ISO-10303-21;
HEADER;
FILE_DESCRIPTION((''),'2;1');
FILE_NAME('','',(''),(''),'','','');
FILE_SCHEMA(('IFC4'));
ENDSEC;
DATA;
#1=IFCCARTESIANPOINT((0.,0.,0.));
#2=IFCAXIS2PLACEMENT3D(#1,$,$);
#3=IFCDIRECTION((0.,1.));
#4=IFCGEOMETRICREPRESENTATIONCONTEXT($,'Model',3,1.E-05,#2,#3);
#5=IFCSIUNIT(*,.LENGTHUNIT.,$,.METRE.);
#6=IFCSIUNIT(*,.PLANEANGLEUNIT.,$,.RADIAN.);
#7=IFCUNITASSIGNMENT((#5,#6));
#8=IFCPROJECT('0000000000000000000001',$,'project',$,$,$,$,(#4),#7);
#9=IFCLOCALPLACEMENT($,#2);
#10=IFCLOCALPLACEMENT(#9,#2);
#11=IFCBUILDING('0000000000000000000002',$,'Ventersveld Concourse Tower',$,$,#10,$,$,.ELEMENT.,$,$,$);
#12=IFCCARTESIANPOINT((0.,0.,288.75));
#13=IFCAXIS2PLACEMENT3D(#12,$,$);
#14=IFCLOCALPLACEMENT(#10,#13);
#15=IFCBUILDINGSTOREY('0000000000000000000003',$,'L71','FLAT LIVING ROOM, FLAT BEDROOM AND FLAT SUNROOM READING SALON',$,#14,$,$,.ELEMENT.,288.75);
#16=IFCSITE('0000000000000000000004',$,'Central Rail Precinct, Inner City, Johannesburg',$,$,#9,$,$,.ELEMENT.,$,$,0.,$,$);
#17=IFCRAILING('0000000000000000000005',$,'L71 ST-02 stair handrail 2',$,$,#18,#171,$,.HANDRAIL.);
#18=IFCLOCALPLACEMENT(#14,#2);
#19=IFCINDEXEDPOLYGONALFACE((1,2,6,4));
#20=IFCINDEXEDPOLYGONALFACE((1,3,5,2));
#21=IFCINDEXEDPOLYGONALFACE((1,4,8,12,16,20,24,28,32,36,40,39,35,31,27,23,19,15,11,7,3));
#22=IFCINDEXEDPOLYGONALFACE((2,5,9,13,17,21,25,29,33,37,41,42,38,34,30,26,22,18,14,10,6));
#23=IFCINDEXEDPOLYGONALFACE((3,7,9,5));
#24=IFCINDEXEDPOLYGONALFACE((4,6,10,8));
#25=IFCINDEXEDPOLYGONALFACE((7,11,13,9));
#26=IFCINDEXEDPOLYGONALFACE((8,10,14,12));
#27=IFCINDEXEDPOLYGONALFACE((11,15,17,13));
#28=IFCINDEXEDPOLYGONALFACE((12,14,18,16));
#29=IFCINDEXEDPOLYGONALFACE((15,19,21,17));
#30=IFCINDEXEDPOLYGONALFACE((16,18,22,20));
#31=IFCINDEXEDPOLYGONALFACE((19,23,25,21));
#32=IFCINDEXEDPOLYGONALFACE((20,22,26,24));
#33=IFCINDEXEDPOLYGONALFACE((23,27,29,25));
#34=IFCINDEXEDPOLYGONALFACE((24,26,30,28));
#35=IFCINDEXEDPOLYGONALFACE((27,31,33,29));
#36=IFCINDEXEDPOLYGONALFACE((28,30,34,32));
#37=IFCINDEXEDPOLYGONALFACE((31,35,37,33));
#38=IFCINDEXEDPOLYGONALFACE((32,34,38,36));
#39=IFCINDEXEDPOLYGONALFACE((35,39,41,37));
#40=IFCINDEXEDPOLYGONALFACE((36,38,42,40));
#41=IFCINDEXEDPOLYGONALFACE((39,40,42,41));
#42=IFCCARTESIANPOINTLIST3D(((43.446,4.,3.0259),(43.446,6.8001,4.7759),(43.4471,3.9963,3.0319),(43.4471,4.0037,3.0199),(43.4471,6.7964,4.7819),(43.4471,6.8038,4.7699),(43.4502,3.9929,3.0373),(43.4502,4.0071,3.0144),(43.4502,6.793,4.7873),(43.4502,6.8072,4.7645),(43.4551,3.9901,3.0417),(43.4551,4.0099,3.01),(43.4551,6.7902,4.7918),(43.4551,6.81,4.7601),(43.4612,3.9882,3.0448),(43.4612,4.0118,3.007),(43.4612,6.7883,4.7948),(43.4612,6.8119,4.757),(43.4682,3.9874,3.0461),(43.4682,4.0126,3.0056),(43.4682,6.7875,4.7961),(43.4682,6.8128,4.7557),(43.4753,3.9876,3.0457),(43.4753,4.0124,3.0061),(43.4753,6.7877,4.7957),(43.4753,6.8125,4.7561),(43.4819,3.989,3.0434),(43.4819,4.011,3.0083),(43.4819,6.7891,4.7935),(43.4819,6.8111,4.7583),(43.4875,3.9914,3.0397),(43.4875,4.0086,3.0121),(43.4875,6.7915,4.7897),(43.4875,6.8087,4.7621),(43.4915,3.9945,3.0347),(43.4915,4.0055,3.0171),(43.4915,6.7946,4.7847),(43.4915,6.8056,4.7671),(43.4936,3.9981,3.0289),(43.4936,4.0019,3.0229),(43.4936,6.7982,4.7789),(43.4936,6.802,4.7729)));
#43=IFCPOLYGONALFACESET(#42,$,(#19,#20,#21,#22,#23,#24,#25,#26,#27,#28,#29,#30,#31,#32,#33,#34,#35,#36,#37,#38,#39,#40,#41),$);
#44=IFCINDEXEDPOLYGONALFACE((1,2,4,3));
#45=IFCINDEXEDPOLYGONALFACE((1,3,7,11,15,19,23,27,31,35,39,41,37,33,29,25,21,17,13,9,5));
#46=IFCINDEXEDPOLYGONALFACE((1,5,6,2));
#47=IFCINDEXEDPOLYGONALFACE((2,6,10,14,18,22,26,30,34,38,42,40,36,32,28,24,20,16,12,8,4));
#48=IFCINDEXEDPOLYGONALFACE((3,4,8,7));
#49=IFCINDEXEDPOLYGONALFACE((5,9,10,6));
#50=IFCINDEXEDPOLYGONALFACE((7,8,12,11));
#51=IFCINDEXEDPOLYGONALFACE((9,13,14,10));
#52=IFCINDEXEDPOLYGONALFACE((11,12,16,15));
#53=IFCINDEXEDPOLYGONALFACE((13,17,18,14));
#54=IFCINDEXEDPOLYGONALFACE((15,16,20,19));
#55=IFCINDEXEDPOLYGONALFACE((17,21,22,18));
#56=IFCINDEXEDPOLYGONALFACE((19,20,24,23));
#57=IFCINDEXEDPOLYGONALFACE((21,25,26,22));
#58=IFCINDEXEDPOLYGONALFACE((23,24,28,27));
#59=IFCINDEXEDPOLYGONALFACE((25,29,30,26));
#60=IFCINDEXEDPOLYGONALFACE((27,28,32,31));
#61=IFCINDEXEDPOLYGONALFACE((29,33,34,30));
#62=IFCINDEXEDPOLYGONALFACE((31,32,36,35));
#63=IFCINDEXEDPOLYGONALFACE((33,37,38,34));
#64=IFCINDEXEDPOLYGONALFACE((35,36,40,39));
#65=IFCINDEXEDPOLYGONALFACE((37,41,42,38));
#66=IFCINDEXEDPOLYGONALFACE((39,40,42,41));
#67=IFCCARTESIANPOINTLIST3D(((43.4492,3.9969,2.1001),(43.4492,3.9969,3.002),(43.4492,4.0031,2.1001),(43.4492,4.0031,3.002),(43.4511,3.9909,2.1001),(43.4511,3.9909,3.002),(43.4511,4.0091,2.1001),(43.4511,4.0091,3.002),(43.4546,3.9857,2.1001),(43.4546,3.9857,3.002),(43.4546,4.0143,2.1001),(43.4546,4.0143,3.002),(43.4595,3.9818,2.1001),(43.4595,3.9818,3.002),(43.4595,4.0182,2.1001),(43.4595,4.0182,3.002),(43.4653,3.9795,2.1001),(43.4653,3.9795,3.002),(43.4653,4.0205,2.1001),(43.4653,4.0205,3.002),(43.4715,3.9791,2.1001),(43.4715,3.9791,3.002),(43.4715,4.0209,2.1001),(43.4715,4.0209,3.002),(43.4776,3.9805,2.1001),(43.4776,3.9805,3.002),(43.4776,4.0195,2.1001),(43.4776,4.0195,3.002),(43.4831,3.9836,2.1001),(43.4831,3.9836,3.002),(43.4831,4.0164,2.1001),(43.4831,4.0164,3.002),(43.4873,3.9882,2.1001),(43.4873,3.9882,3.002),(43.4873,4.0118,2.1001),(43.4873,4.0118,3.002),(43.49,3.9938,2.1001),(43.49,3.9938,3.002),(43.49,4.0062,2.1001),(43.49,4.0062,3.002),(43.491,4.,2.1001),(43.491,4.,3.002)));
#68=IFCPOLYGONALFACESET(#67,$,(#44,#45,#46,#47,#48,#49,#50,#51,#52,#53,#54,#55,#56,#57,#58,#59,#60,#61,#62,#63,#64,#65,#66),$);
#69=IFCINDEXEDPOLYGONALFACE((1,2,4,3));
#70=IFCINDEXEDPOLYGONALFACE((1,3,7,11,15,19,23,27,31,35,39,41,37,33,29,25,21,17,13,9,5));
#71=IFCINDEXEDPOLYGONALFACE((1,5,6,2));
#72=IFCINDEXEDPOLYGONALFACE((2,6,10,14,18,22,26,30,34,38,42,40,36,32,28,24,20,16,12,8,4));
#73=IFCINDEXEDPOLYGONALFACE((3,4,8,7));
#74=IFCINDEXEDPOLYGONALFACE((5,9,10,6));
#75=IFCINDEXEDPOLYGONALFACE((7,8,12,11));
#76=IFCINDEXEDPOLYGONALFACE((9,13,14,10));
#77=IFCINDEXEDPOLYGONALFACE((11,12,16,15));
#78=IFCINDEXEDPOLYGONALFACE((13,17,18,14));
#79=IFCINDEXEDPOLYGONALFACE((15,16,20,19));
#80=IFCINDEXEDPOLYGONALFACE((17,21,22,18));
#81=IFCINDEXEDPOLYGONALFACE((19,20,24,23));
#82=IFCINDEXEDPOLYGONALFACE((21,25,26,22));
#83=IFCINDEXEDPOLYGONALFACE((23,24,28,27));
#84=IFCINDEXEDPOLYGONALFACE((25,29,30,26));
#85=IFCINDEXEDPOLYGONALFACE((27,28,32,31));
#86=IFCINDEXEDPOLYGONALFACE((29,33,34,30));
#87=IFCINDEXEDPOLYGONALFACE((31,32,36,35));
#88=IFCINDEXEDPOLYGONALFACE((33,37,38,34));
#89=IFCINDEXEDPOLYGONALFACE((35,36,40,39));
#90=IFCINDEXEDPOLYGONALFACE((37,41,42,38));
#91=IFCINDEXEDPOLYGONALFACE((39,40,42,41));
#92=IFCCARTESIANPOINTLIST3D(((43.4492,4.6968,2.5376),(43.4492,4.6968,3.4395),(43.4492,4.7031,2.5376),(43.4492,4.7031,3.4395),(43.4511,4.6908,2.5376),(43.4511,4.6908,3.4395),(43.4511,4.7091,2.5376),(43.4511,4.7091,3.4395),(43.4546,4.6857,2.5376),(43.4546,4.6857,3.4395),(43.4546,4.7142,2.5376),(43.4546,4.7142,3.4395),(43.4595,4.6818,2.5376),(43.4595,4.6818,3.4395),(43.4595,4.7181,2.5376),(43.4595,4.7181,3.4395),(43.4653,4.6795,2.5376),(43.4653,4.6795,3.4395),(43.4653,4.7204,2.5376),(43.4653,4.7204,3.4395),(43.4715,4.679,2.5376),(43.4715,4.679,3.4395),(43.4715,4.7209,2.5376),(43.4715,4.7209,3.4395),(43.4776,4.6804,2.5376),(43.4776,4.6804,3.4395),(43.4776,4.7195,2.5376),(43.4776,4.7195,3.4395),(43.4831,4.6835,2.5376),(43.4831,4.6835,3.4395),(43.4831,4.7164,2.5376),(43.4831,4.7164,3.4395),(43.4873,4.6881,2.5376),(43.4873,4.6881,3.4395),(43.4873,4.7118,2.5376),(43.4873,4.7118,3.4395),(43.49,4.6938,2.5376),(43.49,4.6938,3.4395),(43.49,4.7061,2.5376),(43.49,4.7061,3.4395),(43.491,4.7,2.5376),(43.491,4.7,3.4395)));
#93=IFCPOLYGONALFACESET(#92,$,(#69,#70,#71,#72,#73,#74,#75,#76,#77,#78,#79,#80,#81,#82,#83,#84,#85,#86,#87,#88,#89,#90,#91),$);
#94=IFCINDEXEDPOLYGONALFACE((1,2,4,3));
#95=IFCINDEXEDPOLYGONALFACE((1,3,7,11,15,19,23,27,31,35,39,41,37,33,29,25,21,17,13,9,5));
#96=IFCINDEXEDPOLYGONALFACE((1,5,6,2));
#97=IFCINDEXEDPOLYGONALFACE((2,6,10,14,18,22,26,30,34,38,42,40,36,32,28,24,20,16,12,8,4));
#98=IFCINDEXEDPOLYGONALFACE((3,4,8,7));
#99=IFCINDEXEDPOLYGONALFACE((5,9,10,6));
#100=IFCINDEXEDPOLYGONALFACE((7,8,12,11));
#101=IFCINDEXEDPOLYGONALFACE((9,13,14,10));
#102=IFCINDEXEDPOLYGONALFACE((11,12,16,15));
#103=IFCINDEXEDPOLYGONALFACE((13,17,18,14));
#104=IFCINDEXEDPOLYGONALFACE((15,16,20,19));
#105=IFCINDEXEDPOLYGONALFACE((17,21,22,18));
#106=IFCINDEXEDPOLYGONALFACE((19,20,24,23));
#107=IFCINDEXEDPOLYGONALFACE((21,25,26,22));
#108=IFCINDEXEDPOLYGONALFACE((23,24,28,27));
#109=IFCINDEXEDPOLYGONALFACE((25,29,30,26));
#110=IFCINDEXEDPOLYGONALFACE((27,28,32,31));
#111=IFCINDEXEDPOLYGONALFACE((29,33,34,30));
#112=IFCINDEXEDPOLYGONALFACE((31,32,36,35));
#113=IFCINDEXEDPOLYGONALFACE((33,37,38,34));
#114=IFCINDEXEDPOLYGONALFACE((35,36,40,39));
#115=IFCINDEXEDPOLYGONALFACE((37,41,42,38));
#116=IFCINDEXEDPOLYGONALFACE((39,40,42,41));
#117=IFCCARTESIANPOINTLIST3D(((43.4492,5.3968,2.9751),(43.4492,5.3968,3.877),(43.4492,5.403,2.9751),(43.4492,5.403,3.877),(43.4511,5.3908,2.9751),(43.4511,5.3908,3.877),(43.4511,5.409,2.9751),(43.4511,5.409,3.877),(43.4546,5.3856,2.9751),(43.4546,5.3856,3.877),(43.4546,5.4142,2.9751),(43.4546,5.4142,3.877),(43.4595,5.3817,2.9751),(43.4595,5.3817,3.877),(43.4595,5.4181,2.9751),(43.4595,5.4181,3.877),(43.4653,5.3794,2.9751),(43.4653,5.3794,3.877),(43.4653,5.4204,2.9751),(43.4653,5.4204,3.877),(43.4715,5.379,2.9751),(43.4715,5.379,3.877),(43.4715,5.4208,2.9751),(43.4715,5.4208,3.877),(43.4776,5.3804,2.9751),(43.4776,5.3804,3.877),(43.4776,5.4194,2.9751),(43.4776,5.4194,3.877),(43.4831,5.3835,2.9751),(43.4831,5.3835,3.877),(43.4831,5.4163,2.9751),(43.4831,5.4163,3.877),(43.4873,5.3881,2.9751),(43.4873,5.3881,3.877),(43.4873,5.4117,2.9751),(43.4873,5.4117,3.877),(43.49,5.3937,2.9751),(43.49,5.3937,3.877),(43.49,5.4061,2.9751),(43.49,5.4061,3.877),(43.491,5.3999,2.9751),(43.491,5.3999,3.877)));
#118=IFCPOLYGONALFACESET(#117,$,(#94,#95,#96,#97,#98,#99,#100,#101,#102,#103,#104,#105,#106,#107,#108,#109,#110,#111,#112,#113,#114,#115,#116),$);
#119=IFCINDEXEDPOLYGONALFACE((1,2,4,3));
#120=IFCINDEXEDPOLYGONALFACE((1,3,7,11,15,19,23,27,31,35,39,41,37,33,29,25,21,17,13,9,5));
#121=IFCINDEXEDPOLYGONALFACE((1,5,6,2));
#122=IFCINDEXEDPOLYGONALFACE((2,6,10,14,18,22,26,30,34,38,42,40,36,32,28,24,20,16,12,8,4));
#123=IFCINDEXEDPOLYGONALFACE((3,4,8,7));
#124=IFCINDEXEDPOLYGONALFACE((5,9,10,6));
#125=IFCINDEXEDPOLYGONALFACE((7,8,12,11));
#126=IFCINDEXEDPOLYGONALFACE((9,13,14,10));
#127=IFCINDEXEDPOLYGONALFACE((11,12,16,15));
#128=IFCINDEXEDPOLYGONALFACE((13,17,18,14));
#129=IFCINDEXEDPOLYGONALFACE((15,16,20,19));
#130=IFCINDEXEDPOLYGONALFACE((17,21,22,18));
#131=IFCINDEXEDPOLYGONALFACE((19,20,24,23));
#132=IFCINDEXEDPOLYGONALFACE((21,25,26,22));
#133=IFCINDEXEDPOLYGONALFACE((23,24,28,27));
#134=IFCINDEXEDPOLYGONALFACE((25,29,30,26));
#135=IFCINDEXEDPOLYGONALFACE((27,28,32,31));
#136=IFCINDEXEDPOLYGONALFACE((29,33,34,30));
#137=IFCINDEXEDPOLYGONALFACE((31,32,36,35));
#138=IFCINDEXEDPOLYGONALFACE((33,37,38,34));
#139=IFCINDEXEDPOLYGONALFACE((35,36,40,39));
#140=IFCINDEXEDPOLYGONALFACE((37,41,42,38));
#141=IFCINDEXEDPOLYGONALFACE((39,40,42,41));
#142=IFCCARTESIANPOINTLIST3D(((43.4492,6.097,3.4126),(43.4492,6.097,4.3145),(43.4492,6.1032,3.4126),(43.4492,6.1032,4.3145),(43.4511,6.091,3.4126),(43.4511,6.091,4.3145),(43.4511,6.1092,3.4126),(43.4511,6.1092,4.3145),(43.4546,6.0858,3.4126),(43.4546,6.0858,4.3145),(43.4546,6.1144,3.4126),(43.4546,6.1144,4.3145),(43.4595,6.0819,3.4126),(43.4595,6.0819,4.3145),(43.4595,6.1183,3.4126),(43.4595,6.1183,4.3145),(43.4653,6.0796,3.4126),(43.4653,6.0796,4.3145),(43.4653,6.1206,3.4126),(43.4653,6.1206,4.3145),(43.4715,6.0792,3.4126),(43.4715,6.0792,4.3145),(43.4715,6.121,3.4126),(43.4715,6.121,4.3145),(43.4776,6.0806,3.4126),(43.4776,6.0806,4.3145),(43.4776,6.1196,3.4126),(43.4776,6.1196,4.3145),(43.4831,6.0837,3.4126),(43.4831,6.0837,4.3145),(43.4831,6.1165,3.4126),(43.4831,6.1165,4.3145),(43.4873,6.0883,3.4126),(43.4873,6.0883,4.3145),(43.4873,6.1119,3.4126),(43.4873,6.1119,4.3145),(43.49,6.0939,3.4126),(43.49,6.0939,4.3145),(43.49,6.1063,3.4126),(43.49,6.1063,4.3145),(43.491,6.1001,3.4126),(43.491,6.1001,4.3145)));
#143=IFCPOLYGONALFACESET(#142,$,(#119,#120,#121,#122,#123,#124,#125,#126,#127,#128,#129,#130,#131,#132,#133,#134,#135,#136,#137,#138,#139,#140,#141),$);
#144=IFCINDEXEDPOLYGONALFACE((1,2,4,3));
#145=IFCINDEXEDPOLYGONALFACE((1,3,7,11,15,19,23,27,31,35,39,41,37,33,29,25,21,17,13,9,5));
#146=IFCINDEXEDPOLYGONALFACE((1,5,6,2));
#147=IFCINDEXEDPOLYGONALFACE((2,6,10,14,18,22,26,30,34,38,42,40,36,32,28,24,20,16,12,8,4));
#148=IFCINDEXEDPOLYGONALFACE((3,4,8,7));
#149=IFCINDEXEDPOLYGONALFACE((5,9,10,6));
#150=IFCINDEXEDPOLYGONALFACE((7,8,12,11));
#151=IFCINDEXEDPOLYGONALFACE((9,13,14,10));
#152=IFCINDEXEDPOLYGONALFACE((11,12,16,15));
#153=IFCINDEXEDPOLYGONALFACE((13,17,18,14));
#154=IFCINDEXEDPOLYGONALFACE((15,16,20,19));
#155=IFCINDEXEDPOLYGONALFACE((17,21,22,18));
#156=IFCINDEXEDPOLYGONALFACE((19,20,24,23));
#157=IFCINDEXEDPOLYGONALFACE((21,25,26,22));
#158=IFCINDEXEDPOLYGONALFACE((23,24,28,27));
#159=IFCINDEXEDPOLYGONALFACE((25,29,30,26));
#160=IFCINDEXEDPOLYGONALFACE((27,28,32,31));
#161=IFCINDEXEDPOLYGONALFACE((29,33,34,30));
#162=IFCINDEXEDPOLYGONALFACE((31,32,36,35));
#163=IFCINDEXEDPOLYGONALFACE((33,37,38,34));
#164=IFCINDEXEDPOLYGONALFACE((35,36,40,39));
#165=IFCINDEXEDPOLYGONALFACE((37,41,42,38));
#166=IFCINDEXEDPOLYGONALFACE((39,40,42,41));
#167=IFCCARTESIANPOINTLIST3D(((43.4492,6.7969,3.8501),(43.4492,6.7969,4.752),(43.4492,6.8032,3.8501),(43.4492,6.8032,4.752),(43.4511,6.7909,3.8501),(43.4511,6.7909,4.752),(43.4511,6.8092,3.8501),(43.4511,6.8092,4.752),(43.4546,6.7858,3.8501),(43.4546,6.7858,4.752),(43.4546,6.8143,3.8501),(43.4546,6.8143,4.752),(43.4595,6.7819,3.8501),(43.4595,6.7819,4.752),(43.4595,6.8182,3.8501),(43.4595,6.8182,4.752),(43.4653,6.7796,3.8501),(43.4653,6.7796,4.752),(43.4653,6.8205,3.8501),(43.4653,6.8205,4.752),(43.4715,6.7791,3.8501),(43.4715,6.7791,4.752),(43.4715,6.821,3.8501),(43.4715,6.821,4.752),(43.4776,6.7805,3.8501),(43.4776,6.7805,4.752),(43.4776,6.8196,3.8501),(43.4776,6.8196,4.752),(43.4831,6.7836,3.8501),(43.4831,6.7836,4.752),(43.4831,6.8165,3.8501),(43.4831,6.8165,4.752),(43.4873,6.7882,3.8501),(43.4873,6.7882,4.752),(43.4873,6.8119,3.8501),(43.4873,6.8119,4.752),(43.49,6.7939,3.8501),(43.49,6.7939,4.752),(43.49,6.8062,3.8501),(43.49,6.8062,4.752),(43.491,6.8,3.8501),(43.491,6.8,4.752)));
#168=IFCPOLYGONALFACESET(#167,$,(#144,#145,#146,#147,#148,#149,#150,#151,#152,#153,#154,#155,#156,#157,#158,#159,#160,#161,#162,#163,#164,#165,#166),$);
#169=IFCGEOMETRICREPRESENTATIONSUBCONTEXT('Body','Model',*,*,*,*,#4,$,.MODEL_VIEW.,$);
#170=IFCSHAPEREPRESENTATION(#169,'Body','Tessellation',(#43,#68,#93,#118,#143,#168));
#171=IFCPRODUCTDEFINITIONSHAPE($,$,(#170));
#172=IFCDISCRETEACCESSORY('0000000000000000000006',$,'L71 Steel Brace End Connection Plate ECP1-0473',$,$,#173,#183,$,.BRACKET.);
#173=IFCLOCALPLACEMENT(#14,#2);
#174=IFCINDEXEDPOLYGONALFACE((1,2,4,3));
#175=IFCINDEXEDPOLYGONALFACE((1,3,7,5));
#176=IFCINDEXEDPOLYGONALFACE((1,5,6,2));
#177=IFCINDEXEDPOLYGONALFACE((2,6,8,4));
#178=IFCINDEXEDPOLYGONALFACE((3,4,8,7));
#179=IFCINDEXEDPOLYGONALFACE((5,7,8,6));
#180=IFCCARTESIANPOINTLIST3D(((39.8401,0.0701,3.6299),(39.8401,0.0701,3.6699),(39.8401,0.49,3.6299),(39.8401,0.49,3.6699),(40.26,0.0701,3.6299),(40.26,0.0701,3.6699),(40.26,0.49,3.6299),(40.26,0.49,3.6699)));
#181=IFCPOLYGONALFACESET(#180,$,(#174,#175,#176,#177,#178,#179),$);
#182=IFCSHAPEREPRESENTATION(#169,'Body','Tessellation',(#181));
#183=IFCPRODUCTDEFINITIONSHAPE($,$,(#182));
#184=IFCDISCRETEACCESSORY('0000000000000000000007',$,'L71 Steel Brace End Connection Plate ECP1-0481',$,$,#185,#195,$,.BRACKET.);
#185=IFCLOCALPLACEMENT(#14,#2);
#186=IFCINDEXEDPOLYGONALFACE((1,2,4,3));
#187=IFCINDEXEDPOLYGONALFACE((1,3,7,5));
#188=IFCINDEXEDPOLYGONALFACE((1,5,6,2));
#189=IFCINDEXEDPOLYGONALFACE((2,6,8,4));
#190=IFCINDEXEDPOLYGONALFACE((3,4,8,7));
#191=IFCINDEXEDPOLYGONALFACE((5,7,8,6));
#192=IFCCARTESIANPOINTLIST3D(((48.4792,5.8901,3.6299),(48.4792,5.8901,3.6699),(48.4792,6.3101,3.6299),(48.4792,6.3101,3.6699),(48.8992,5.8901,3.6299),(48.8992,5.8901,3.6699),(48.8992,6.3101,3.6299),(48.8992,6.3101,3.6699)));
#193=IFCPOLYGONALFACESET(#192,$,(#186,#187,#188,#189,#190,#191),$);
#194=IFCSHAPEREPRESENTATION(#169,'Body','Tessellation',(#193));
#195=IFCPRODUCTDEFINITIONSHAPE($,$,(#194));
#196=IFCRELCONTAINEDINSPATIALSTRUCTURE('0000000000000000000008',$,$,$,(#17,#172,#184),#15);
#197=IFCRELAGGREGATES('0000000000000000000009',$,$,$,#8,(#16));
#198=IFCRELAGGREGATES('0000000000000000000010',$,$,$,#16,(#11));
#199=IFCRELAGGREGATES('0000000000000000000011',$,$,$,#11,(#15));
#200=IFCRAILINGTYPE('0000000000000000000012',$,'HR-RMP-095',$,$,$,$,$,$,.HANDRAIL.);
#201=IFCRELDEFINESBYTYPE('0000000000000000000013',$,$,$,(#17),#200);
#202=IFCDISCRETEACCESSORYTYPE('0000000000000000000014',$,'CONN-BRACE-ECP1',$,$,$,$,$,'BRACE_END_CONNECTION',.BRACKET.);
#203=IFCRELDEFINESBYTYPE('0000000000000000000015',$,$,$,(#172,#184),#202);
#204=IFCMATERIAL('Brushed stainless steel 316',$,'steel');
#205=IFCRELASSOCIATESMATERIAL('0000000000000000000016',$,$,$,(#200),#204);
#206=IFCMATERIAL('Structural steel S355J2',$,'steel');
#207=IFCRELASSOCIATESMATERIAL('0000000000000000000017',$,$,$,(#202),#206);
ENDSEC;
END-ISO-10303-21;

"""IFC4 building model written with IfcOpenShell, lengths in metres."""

from ifc_helpers import new_model, si_unit, direction, frame, origin, origin_2d, place, context, subcontext, project, spatial, rectangle, circle, extrude, material, type_object, element, save


model = new_model("IFC4")

# Units and contexts
model_context = context("Model", 3, precision=1e-05, world=origin(), true_north=direction((0.0, 1.0)))
body_context = subcontext(model_context, "Body", "Model", "MODEL_VIEW")
ifc_project = project(units=[si_unit("LENGTHUNIT", "METRE"), si_unit("PLANEANGLEUNIT", "RADIAN")], contexts=[model_context])

# Site, building, storey
site_placement = place(None, origin())
site = spatial("IfcSite", under=ifc_project, at=site_placement, Name="Central Rail Precinct, Inner City, Johannesburg", CompositionType="ELEMENT", RefElevation=0.0)
building_placement = place(site_placement, origin())
building = spatial("IfcBuilding", under=site, at=building_placement, Name="Ventersveld Concourse Tower", CompositionType="ELEMENT")
storey_placement = place(building_placement, frame((0.0, 0.0, 288.75)))
storey = spatial("IfcBuildingStorey", under=building, at=storey_placement, Name="L71", Description="FLAT LIVING ROOM, FLAT BEDROOM AND FLAT SUNROOM READING SALON", CompositionType="ELEMENT", Elevation=288.75)

# Shared definitions
ifc_material_1 = material(Name="Structural steel S355J2", Category="steel")

# Railing
ifc_material_2 = material(Name="Brushed stainless steel 316", Category="steel")
railing_type_1 = type_object("IfcRailingType", Name="HR-RMP-095", PredefinedType="HANDRAIL", material=ifc_material_2)
railing_1_placement = place(storey_placement, frame((43.47, 4.0, 2.1001)))
element("IfcRailing", 1, at=railing_1_placement, inside=storey, type_object=railing_type_1, Name="L71 ST-02 stair handrail 2", PredefinedType="HANDRAIL", context=body_context, shape_type="SweptSolid", body=[
    extrude(circle(Radius=0.0239, at=origin_2d()), frame((0.0, 0.0, 0.9258), z_axis=(0.0, 0.848002, 0.529992), x_axis=(-1.0, 0.0, 0.0)), (0.0, 0.0, 1.0), 3.302),
    extrude(circle(Radius=0.021, at=origin_2d()), origin(), (0.0, 0.0, 1.0), 0.9019),
    extrude(circle(Radius=0.021, at=origin_2d()), frame((0.0, 0.7, 0.4375)), (0.0, 0.0, 1.0), 0.9019),
    extrude(circle(Radius=0.021, at=origin_2d()), frame((0.0, 1.3999, 0.875)), (0.0, 0.0, 1.0), 0.9019),
    extrude(circle(Radius=0.021, at=origin_2d()), frame((0.0, 2.1001, 1.3125)), (0.0, 0.0, 1.0), 0.9019),
    extrude(circle(Radius=0.021, at=origin_2d()), frame((0.0, 2.8, 1.75)), (0.0, 0.0, 1.0), 0.9019),
])

# Discrete accessories
discrete_accessory_type = type_object("IfcDiscreteAccessoryType", Name="CONN-BRACE-ECP1", ElementType="BRACE_END_CONNECTION", PredefinedType="BRACKET", material=ifc_material_1)
for number, where, z_axis, x_axis, name in (
    (2, (40.05, 0.28, 3.6299), (0.0, 0.0, 1.0), (1.0, 0.0, 0.0), "L71 Steel Brace End Connection Plate ECP1-0473"),
    (3, (48.6892, 6.1001, 3.6299), (0.0, 0.0, 1.0), (1.0, 0.0, 0.0), "L71 Steel Brace End Connection Plate ECP1-0481"),
):
    element("IfcDiscreteAccessory", number, at=place(storey_placement, frame(where, z_axis=z_axis, x_axis=x_axis)), inside=storey, type_object=discrete_accessory_type, Name=name, PredefinedType="BRACKET", context=body_context, shape_type="SweptSolid", body=[
        extrude(rectangle(XDim=0.4199, YDim=0.4199, at=origin_2d()), origin(), (0.0, 0.0, 1.0), 0.04),
    ])

save(model, "model.ifc")
